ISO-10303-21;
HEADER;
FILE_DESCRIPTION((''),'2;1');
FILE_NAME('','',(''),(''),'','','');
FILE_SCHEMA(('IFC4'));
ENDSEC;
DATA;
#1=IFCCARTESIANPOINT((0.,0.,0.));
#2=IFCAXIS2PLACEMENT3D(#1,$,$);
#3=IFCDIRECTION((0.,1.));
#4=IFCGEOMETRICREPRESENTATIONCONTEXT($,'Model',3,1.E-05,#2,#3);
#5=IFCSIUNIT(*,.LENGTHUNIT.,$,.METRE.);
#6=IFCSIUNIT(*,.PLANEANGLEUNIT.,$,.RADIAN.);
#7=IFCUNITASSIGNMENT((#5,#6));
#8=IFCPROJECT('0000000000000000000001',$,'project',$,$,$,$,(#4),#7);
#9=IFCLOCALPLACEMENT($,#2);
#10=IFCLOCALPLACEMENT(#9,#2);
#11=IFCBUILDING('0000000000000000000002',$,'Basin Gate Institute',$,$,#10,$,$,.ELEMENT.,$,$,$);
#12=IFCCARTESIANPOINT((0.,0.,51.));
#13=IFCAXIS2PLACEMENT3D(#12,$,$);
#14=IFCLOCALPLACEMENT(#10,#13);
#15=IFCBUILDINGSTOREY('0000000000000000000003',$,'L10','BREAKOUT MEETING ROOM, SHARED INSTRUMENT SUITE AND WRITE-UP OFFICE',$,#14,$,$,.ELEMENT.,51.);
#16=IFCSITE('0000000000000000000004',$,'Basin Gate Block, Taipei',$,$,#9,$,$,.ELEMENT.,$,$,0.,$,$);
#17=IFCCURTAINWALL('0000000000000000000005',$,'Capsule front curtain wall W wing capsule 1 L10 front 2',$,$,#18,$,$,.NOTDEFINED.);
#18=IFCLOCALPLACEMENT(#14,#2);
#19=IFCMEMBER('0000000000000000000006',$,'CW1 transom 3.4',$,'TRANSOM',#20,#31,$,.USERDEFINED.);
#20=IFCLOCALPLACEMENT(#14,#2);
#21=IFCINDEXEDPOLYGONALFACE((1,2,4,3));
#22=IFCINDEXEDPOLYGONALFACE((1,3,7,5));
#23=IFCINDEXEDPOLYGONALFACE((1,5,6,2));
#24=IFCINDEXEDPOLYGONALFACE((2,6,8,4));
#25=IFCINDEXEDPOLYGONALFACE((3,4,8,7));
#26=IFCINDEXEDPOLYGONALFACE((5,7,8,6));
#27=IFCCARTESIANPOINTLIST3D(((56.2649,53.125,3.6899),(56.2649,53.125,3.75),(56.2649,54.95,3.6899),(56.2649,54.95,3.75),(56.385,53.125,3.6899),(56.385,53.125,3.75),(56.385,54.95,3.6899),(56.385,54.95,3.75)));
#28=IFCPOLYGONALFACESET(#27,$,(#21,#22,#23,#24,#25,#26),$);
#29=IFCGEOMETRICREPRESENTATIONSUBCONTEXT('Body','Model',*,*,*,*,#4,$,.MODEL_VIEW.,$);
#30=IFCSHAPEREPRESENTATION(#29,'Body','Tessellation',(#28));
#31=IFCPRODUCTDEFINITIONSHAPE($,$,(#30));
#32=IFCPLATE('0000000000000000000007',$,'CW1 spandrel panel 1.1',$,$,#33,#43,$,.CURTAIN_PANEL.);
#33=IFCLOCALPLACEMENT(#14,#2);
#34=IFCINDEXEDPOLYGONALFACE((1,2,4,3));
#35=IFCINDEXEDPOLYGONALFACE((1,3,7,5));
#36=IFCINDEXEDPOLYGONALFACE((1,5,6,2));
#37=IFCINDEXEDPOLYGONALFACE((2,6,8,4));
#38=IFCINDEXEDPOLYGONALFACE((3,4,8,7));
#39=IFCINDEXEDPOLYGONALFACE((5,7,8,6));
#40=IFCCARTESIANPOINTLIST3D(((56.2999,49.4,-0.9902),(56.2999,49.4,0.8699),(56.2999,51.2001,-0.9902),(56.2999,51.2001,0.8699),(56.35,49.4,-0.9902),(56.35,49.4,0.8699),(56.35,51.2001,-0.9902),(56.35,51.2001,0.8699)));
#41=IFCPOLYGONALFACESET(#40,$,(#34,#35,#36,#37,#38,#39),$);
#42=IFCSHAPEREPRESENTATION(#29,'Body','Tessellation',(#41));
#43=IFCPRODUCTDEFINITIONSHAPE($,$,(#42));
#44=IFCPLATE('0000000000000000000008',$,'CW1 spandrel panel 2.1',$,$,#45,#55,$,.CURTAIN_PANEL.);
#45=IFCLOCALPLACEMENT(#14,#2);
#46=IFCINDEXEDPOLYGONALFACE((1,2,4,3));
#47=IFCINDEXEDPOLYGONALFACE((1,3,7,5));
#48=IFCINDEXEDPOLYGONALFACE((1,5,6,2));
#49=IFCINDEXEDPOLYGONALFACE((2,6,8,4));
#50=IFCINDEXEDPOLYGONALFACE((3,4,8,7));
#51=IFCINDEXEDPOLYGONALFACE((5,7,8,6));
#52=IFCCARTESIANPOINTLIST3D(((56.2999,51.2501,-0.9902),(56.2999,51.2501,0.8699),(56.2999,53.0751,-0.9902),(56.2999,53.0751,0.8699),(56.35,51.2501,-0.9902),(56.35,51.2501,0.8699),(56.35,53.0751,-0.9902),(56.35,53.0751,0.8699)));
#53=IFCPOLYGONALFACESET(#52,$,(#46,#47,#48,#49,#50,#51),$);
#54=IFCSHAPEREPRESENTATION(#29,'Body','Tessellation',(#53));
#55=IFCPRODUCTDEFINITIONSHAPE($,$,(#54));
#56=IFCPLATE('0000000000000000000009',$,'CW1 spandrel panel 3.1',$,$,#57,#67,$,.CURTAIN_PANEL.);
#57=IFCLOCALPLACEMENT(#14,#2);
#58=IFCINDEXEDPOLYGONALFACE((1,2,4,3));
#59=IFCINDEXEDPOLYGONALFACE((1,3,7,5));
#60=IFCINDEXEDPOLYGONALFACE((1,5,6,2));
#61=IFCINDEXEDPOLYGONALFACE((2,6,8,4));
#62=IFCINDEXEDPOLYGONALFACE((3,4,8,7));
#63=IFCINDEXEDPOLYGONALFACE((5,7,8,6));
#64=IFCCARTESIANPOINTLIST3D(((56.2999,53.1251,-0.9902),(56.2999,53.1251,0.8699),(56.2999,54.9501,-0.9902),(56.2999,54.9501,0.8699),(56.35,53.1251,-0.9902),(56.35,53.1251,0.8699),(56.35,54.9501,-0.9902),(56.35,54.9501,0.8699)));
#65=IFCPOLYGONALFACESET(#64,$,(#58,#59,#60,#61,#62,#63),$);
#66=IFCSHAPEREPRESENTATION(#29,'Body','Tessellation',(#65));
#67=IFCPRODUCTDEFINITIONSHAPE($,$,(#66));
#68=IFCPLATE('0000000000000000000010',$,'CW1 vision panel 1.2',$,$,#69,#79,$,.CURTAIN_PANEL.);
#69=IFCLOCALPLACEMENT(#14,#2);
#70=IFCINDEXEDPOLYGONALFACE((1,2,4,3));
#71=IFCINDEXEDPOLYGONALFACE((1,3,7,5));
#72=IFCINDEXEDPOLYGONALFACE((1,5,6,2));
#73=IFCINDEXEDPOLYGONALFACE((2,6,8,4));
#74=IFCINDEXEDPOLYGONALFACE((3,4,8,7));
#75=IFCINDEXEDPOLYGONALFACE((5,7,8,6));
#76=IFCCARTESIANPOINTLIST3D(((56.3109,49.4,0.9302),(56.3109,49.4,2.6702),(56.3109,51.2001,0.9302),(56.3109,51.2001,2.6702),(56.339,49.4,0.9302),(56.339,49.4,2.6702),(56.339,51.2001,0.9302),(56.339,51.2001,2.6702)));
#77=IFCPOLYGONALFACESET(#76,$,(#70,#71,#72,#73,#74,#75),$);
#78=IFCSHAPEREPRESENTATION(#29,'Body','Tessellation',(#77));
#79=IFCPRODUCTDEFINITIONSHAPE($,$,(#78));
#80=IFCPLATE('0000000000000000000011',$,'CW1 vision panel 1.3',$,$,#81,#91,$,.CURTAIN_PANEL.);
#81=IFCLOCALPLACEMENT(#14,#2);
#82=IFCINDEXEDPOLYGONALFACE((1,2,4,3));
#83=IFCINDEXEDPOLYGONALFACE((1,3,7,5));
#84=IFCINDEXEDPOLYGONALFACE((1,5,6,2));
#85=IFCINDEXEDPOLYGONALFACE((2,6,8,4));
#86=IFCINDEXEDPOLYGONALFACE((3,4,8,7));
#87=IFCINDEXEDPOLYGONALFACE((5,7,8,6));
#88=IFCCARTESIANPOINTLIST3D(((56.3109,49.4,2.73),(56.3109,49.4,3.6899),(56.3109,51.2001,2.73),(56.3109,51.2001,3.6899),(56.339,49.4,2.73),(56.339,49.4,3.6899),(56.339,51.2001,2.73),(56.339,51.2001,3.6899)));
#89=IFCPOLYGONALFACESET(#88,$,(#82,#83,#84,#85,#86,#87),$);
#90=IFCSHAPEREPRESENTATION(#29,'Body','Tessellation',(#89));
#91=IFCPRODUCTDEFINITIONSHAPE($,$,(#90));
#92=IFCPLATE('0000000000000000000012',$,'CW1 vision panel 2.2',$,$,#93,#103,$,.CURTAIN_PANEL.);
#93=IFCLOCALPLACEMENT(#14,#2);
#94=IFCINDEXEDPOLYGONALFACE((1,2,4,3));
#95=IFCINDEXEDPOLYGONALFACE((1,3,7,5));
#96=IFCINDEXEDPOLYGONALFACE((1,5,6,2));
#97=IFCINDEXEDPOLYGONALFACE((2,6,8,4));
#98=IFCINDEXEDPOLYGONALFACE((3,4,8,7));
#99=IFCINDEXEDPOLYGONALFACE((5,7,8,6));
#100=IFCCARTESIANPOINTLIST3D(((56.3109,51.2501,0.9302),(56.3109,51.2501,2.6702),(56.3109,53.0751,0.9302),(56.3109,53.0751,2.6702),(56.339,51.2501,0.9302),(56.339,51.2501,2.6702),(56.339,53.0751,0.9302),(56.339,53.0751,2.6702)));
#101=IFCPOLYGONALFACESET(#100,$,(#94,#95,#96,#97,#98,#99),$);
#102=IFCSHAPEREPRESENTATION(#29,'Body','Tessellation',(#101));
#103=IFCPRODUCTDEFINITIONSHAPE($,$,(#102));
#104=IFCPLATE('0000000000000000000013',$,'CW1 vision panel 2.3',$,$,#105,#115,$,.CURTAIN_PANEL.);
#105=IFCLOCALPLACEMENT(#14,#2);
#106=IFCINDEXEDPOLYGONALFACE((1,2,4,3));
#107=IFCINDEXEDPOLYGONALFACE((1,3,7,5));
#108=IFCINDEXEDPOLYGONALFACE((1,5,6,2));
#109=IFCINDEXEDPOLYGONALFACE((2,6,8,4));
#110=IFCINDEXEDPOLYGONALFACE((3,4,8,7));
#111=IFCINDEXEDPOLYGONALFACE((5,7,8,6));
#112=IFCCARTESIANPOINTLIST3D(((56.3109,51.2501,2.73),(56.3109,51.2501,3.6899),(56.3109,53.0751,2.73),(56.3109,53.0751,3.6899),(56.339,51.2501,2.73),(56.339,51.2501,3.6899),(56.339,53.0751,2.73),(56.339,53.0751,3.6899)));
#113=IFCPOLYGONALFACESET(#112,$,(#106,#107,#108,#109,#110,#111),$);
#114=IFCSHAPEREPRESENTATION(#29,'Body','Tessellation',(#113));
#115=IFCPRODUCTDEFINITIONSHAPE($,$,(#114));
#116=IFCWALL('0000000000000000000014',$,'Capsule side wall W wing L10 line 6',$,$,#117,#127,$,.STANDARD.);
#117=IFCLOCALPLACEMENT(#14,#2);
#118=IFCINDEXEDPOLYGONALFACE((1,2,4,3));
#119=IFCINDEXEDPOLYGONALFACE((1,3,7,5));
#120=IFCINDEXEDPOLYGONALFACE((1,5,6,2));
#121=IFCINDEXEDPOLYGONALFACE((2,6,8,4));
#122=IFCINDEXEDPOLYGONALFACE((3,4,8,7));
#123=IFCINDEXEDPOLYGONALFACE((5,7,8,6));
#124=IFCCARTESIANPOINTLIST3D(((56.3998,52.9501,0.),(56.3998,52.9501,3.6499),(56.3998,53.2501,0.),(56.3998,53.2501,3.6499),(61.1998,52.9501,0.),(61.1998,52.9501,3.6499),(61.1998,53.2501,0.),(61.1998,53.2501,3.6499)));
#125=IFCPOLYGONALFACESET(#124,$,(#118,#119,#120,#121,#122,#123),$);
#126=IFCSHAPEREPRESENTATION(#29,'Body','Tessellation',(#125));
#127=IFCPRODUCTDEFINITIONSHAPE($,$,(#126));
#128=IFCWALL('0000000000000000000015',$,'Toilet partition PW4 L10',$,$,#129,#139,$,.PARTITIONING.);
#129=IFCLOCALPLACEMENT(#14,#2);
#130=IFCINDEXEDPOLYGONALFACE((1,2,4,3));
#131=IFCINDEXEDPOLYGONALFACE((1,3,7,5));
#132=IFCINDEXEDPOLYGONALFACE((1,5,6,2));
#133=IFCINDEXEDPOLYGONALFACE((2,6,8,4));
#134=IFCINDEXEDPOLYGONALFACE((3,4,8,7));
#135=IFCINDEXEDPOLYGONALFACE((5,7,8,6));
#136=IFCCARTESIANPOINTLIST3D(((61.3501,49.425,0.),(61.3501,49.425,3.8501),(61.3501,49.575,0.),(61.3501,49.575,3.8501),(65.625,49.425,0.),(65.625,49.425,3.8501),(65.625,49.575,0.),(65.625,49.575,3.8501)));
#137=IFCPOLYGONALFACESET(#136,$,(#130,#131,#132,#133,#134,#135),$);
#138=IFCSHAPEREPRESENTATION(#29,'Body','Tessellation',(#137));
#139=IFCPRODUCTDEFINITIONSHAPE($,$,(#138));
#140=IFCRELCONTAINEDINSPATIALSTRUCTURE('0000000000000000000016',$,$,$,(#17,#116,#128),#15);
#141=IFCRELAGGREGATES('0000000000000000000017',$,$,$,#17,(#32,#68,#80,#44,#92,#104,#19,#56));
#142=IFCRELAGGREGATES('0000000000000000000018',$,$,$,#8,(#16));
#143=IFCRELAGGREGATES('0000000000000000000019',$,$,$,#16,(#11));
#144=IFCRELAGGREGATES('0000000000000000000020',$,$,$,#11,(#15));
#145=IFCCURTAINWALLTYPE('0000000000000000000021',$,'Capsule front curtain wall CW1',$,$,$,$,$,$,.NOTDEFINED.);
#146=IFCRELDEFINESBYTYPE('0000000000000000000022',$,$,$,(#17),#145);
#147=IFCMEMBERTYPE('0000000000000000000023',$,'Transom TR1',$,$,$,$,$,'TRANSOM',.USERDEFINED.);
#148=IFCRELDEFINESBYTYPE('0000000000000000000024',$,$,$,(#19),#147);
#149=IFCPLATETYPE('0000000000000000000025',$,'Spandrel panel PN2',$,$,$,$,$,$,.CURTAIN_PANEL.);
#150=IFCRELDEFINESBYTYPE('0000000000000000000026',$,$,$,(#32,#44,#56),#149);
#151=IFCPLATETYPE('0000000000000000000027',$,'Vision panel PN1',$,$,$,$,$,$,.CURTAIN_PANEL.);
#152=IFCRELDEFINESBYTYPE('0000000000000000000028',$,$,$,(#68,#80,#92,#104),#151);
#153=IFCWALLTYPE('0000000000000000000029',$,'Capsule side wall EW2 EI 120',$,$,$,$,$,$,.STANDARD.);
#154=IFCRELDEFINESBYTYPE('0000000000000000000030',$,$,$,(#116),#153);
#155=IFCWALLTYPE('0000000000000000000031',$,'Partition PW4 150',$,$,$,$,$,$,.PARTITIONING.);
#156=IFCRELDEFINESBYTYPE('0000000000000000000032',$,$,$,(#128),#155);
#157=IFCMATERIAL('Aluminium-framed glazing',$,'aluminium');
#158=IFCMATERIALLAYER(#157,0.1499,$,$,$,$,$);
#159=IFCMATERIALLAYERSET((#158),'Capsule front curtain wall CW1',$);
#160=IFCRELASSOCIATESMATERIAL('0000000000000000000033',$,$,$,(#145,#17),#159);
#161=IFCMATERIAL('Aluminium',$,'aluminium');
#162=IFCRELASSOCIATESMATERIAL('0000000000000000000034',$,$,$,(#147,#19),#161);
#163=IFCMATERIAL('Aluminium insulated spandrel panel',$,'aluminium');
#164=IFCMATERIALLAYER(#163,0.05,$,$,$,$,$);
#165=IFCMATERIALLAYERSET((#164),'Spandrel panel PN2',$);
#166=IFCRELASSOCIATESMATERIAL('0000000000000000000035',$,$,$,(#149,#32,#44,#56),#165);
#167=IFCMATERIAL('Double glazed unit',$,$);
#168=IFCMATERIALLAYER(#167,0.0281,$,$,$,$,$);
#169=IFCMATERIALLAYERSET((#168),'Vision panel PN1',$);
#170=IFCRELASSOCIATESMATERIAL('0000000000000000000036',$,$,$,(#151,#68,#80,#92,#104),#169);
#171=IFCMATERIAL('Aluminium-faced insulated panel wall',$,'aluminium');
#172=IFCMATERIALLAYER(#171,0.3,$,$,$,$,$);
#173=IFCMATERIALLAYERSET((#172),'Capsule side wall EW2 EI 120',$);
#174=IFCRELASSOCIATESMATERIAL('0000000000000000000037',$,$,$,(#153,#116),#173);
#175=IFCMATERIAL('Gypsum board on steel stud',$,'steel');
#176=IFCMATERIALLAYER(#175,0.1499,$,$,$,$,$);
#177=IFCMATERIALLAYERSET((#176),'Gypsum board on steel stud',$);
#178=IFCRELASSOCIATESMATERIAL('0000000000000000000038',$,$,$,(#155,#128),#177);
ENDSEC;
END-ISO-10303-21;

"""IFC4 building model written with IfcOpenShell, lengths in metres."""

from ifc_helpers import new_model, si_unit, direction, frame, frame_2d, origin, origin_2d, place, context, subcontext, project, spatial, rectangle, extrude, material, layer, layer_set, material_profile, profile_set, type_object, element, aggregate, save


model = new_model("IFC4")

# Units and contexts
model_context = context("Model", 3, precision=1e-05, world=origin(), true_north=direction((0.0, 1.0)))
body_context = subcontext(model_context, "Body", "Model", "MODEL_VIEW")
ifc_project = project(units=[si_unit("LENGTHUNIT", "METRE"), si_unit("PLANEANGLEUNIT", "RADIAN")], contexts=[model_context])

# Site, building, storey
site_placement = place(None, origin())
site = spatial("IfcSite", under=ifc_project, at=site_placement, Name="Basin Gate Block, Taipei", CompositionType="ELEMENT", RefElevation=0.0)
building_placement = place(site_placement, origin())
building = spatial("IfcBuilding", under=site, at=building_placement, Name="Basin Gate Institute", CompositionType="ELEMENT")
storey_placement = place(building_placement, frame((0.0, 0.0, 51.0)))
storey = spatial("IfcBuildingStorey", under=building, at=storey_placement, Name="L10", Description="BREAKOUT MEETING ROOM, SHARED INSTRUMENT SUITE AND WRITE-UP OFFICE", CompositionType="ELEMENT", Elevation=51.0)

# Curtain wall
ifc_material_1 = material(Name="Aluminium-framed glazing", Category="aluminium")
ifc_layer_1 = layer(ifc_material_1, 0.1499)
ifc_layer_set_1 = layer_set([ifc_layer_1], Name="Capsule front curtain wall CW1")
curtain_wall_type = type_object("IfcCurtainWallType", Name="Capsule front curtain wall CW1", PredefinedType="NOTDEFINED", material=ifc_layer_set_1)
curtain_wall_placement = place(storey_placement, origin())
curtain_wall = element("IfcCurtainWall", 1, at=curtain_wall_placement, inside=storey, type_object=curtain_wall_type, material=ifc_layer_set_1, Name="Capsule front curtain wall W wing capsule 1 L10 front 2", PredefinedType="NOTDEFINED")

# Member
ifc_material_2 = material(Name="Aluminium", Category="aluminium")
ifc_material_profile_1 = material_profile(ifc_material_2, rectangle(XDim=0.1201, YDim=0.0601, at=origin_2d()), Name="Transom TR1 120 x 60")
ifc_profile_set_1 = profile_set([ifc_material_profile_1], Name="Aluminium")
member_type_1 = type_object("IfcMemberType", Name="Transom TR1", ElementType="TRANSOM", PredefinedType="USERDEFINED", material=ifc_profile_set_1)
member_1_placement = place(storey_placement, frame((56.325, 53.125, 3.72), z_axis=(0.0, 1.0, 0.0), x_axis=(-1.0, 0.0, 0.0)))
member_1 = element("IfcMember", 2, at=member_1_placement, type_object=member_type_1, material=ifc_profile_set_1, Name="CW1 transom 3.4", ObjectType="TRANSOM", PredefinedType="USERDEFINED", context=body_context, shape_type="SweptSolid", body=[
    extrude(rectangle(XDim=0.1201, YDim=0.0601, at=origin_2d()), origin(), (0.0, 0.0, 1.0), 1.825),
])

# Plates
ifc_material_3 = material(Name="Aluminium insulated spandrel panel", Category="aluminium")
ifc_layer_2 = layer(ifc_material_3, 0.05)
ifc_layer_set_2 = layer_set([ifc_layer_2], Name="Spandrel panel PN2")
plate_type_1 = type_object("IfcPlateType", Name="Spandrel panel PN2", PredefinedType="CURTAIN_PANEL", material=ifc_layer_set_2)
plate_1_placement = place(storey_placement, frame((56.325, 50.3, -0.9902), z_axis=(0.0, 0.0, 1.0), x_axis=(0.0, 1.0, 0.0)))
plate_1 = element("IfcPlate", 3, at=plate_1_placement, type_object=plate_type_1, material=ifc_layer_set_2, Name="CW1 spandrel panel 1.1", PredefinedType="CURTAIN_PANEL", context=body_context, shape_type="SweptSolid", body=[
    extrude(rectangle(XDim=1.8, YDim=0.05, at=origin_2d()), origin(), (0.0, 0.0, 1.0), 1.8601),
])
plate_2_placement = place(storey_placement, frame((56.325, 52.1626, -0.9902), z_axis=(0.0, 0.0, 1.0), x_axis=(0.0, 1.0, 0.0)))
plate_2 = element("IfcPlate", 4, at=plate_2_placement, type_object=plate_type_1, material=ifc_layer_set_2, Name="CW1 spandrel panel 2.1", PredefinedType="CURTAIN_PANEL", context=body_context, shape_type="SweptSolid", body=[
    extrude(rectangle(XDim=1.825, YDim=0.05, at=origin_2d()), origin(), (0.0, 0.0, 1.0), 1.8601),
])
plate_3_placement = place(storey_placement, frame((56.325, 54.0376, -0.9902), z_axis=(0.0, 0.0, 1.0), x_axis=(0.0, 1.0, 0.0)))
plate_3 = element("IfcPlate", 5, at=plate_3_placement, type_object=plate_type_1, material=ifc_layer_set_2, Name="CW1 spandrel panel 3.1", PredefinedType="CURTAIN_PANEL", context=body_context, shape_type="SweptSolid", body=[
    extrude(rectangle(XDim=1.825, YDim=0.05, at=origin_2d()), origin(), (0.0, 0.0, 1.0), 1.8601),
])
ifc_material_4 = material(Name="Double glazed unit")
ifc_layer_3 = layer(ifc_material_4, 0.0281)
ifc_layer_set_3 = layer_set([ifc_layer_3], Name="Vision panel PN1")
plate_type_2 = type_object("IfcPlateType", Name="Vision panel PN1", PredefinedType="CURTAIN_PANEL", material=ifc_layer_set_3)
plate_4_placement = place(storey_placement, frame((56.325, 50.3, 0.9302), z_axis=(0.0, 0.0, 1.0), x_axis=(0.0, 1.0, 0.0)))
plate_4 = element("IfcPlate", 6, at=plate_4_placement, type_object=plate_type_2, material=ifc_layer_set_3, Name="CW1 vision panel 1.2", PredefinedType="CURTAIN_PANEL", context=body_context, shape_type="SweptSolid", body=[
    extrude(rectangle(XDim=1.8, YDim=0.0281, at=origin_2d()), origin(), (0.0, 0.0, 1.0), 1.74),
])
plate_5_placement = place(storey_placement, frame((56.325, 50.3, 2.73), z_axis=(0.0, 0.0, 1.0), x_axis=(0.0, 1.0, 0.0)))
plate_5 = element("IfcPlate", 7, at=plate_5_placement, type_object=plate_type_2, material=ifc_layer_set_3, Name="CW1 vision panel 1.3", PredefinedType="CURTAIN_PANEL", context=body_context, shape_type="SweptSolid", body=[
    extrude(rectangle(XDim=1.8, YDim=0.0281, at=origin_2d()), origin(), (0.0, 0.0, 1.0), 0.96),
])
plate_6_placement = place(storey_placement, frame((56.325, 52.1626, 0.9302), z_axis=(0.0, 0.0, 1.0), x_axis=(0.0, 1.0, 0.0)))
plate_6 = element("IfcPlate", 8, at=plate_6_placement, type_object=plate_type_2, material=ifc_layer_set_3, Name="CW1 vision panel 2.2", PredefinedType="CURTAIN_PANEL", context=body_context, shape_type="SweptSolid", body=[
    extrude(rectangle(XDim=1.825, YDim=0.0281, at=origin_2d()), origin(), (0.0, 0.0, 1.0), 1.74),
])
plate_7_placement = place(storey_placement, frame((56.325, 52.1626, 2.73), z_axis=(0.0, 0.0, 1.0), x_axis=(0.0, 1.0, 0.0)))
plate_7 = element("IfcPlate", 9, at=plate_7_placement, type_object=plate_type_2, material=ifc_layer_set_3, Name="CW1 vision panel 2.3", PredefinedType="CURTAIN_PANEL", context=body_context, shape_type="SweptSolid", body=[
    extrude(rectangle(XDim=1.825, YDim=0.0281, at=origin_2d()), origin(), (0.0, 0.0, 1.0), 0.96),
])
aggregate(curtain_wall, [plate_1, plate_4, plate_5, plate_2, plate_6, plate_7, member_1, plate_3])

# Walls
ifc_material_5 = material(Name="Aluminium-faced insulated panel wall", Category="aluminium")
ifc_layer_4 = layer(ifc_material_5, 0.3)
ifc_layer_set_4 = layer_set([ifc_layer_4], Name="Capsule side wall EW2 EI 120")
wall_type_1 = type_object("IfcWallType", Name="Capsule side wall EW2 EI 120", PredefinedType="STANDARD", material=ifc_layer_set_4)
wall_1_placement = place(storey_placement, frame((56.3999, 53.1001, 0.0), z_axis=(0.0, 0.0, 1.0), x_axis=(1.0, 0.0, 0.0)))
element("IfcWall", 10, at=wall_1_placement, inside=storey, type_object=wall_type_1, material=ifc_layer_set_4, Name="Capsule side wall W wing L10 line 6", PredefinedType="STANDARD", context=body_context, shape_type="SweptSolid", body=[
    extrude(rectangle(XDim=4.8, YDim=0.3, at=frame_2d((2.3999, 0.0))), origin(), (0.0, 0.0, 1.0), 3.6499),
])
ifc_material_6 = material(Name="Gypsum board on steel stud", Category="steel")
ifc_layer_5 = layer(ifc_material_6, 0.1499)
ifc_layer_set_5 = layer_set([ifc_layer_5], Name="Gypsum board on steel stud")
wall_type_2 = type_object("IfcWallType", Name="Partition PW4 150", PredefinedType="PARTITIONING", material=ifc_layer_set_5)
wall_2_placement = place(storey_placement, frame((61.3501, 49.5, 0.0), z_axis=(0.0, 0.0, 1.0), x_axis=(1.0, 0.0, 0.0)))
element("IfcWall", 11, at=wall_2_placement, inside=storey, type_object=wall_type_2, material=ifc_layer_set_5, Name="Toilet partition PW4 L10", PredefinedType="PARTITIONING", context=body_context, shape_type="SweptSolid", body=[
    extrude(rectangle(XDim=4.2749, YDim=0.1499, at=frame_2d((2.1375, 0.0))), origin(), (0.0, 0.0, 1.0), 3.8501),
])

save(model, "model.ifc")
